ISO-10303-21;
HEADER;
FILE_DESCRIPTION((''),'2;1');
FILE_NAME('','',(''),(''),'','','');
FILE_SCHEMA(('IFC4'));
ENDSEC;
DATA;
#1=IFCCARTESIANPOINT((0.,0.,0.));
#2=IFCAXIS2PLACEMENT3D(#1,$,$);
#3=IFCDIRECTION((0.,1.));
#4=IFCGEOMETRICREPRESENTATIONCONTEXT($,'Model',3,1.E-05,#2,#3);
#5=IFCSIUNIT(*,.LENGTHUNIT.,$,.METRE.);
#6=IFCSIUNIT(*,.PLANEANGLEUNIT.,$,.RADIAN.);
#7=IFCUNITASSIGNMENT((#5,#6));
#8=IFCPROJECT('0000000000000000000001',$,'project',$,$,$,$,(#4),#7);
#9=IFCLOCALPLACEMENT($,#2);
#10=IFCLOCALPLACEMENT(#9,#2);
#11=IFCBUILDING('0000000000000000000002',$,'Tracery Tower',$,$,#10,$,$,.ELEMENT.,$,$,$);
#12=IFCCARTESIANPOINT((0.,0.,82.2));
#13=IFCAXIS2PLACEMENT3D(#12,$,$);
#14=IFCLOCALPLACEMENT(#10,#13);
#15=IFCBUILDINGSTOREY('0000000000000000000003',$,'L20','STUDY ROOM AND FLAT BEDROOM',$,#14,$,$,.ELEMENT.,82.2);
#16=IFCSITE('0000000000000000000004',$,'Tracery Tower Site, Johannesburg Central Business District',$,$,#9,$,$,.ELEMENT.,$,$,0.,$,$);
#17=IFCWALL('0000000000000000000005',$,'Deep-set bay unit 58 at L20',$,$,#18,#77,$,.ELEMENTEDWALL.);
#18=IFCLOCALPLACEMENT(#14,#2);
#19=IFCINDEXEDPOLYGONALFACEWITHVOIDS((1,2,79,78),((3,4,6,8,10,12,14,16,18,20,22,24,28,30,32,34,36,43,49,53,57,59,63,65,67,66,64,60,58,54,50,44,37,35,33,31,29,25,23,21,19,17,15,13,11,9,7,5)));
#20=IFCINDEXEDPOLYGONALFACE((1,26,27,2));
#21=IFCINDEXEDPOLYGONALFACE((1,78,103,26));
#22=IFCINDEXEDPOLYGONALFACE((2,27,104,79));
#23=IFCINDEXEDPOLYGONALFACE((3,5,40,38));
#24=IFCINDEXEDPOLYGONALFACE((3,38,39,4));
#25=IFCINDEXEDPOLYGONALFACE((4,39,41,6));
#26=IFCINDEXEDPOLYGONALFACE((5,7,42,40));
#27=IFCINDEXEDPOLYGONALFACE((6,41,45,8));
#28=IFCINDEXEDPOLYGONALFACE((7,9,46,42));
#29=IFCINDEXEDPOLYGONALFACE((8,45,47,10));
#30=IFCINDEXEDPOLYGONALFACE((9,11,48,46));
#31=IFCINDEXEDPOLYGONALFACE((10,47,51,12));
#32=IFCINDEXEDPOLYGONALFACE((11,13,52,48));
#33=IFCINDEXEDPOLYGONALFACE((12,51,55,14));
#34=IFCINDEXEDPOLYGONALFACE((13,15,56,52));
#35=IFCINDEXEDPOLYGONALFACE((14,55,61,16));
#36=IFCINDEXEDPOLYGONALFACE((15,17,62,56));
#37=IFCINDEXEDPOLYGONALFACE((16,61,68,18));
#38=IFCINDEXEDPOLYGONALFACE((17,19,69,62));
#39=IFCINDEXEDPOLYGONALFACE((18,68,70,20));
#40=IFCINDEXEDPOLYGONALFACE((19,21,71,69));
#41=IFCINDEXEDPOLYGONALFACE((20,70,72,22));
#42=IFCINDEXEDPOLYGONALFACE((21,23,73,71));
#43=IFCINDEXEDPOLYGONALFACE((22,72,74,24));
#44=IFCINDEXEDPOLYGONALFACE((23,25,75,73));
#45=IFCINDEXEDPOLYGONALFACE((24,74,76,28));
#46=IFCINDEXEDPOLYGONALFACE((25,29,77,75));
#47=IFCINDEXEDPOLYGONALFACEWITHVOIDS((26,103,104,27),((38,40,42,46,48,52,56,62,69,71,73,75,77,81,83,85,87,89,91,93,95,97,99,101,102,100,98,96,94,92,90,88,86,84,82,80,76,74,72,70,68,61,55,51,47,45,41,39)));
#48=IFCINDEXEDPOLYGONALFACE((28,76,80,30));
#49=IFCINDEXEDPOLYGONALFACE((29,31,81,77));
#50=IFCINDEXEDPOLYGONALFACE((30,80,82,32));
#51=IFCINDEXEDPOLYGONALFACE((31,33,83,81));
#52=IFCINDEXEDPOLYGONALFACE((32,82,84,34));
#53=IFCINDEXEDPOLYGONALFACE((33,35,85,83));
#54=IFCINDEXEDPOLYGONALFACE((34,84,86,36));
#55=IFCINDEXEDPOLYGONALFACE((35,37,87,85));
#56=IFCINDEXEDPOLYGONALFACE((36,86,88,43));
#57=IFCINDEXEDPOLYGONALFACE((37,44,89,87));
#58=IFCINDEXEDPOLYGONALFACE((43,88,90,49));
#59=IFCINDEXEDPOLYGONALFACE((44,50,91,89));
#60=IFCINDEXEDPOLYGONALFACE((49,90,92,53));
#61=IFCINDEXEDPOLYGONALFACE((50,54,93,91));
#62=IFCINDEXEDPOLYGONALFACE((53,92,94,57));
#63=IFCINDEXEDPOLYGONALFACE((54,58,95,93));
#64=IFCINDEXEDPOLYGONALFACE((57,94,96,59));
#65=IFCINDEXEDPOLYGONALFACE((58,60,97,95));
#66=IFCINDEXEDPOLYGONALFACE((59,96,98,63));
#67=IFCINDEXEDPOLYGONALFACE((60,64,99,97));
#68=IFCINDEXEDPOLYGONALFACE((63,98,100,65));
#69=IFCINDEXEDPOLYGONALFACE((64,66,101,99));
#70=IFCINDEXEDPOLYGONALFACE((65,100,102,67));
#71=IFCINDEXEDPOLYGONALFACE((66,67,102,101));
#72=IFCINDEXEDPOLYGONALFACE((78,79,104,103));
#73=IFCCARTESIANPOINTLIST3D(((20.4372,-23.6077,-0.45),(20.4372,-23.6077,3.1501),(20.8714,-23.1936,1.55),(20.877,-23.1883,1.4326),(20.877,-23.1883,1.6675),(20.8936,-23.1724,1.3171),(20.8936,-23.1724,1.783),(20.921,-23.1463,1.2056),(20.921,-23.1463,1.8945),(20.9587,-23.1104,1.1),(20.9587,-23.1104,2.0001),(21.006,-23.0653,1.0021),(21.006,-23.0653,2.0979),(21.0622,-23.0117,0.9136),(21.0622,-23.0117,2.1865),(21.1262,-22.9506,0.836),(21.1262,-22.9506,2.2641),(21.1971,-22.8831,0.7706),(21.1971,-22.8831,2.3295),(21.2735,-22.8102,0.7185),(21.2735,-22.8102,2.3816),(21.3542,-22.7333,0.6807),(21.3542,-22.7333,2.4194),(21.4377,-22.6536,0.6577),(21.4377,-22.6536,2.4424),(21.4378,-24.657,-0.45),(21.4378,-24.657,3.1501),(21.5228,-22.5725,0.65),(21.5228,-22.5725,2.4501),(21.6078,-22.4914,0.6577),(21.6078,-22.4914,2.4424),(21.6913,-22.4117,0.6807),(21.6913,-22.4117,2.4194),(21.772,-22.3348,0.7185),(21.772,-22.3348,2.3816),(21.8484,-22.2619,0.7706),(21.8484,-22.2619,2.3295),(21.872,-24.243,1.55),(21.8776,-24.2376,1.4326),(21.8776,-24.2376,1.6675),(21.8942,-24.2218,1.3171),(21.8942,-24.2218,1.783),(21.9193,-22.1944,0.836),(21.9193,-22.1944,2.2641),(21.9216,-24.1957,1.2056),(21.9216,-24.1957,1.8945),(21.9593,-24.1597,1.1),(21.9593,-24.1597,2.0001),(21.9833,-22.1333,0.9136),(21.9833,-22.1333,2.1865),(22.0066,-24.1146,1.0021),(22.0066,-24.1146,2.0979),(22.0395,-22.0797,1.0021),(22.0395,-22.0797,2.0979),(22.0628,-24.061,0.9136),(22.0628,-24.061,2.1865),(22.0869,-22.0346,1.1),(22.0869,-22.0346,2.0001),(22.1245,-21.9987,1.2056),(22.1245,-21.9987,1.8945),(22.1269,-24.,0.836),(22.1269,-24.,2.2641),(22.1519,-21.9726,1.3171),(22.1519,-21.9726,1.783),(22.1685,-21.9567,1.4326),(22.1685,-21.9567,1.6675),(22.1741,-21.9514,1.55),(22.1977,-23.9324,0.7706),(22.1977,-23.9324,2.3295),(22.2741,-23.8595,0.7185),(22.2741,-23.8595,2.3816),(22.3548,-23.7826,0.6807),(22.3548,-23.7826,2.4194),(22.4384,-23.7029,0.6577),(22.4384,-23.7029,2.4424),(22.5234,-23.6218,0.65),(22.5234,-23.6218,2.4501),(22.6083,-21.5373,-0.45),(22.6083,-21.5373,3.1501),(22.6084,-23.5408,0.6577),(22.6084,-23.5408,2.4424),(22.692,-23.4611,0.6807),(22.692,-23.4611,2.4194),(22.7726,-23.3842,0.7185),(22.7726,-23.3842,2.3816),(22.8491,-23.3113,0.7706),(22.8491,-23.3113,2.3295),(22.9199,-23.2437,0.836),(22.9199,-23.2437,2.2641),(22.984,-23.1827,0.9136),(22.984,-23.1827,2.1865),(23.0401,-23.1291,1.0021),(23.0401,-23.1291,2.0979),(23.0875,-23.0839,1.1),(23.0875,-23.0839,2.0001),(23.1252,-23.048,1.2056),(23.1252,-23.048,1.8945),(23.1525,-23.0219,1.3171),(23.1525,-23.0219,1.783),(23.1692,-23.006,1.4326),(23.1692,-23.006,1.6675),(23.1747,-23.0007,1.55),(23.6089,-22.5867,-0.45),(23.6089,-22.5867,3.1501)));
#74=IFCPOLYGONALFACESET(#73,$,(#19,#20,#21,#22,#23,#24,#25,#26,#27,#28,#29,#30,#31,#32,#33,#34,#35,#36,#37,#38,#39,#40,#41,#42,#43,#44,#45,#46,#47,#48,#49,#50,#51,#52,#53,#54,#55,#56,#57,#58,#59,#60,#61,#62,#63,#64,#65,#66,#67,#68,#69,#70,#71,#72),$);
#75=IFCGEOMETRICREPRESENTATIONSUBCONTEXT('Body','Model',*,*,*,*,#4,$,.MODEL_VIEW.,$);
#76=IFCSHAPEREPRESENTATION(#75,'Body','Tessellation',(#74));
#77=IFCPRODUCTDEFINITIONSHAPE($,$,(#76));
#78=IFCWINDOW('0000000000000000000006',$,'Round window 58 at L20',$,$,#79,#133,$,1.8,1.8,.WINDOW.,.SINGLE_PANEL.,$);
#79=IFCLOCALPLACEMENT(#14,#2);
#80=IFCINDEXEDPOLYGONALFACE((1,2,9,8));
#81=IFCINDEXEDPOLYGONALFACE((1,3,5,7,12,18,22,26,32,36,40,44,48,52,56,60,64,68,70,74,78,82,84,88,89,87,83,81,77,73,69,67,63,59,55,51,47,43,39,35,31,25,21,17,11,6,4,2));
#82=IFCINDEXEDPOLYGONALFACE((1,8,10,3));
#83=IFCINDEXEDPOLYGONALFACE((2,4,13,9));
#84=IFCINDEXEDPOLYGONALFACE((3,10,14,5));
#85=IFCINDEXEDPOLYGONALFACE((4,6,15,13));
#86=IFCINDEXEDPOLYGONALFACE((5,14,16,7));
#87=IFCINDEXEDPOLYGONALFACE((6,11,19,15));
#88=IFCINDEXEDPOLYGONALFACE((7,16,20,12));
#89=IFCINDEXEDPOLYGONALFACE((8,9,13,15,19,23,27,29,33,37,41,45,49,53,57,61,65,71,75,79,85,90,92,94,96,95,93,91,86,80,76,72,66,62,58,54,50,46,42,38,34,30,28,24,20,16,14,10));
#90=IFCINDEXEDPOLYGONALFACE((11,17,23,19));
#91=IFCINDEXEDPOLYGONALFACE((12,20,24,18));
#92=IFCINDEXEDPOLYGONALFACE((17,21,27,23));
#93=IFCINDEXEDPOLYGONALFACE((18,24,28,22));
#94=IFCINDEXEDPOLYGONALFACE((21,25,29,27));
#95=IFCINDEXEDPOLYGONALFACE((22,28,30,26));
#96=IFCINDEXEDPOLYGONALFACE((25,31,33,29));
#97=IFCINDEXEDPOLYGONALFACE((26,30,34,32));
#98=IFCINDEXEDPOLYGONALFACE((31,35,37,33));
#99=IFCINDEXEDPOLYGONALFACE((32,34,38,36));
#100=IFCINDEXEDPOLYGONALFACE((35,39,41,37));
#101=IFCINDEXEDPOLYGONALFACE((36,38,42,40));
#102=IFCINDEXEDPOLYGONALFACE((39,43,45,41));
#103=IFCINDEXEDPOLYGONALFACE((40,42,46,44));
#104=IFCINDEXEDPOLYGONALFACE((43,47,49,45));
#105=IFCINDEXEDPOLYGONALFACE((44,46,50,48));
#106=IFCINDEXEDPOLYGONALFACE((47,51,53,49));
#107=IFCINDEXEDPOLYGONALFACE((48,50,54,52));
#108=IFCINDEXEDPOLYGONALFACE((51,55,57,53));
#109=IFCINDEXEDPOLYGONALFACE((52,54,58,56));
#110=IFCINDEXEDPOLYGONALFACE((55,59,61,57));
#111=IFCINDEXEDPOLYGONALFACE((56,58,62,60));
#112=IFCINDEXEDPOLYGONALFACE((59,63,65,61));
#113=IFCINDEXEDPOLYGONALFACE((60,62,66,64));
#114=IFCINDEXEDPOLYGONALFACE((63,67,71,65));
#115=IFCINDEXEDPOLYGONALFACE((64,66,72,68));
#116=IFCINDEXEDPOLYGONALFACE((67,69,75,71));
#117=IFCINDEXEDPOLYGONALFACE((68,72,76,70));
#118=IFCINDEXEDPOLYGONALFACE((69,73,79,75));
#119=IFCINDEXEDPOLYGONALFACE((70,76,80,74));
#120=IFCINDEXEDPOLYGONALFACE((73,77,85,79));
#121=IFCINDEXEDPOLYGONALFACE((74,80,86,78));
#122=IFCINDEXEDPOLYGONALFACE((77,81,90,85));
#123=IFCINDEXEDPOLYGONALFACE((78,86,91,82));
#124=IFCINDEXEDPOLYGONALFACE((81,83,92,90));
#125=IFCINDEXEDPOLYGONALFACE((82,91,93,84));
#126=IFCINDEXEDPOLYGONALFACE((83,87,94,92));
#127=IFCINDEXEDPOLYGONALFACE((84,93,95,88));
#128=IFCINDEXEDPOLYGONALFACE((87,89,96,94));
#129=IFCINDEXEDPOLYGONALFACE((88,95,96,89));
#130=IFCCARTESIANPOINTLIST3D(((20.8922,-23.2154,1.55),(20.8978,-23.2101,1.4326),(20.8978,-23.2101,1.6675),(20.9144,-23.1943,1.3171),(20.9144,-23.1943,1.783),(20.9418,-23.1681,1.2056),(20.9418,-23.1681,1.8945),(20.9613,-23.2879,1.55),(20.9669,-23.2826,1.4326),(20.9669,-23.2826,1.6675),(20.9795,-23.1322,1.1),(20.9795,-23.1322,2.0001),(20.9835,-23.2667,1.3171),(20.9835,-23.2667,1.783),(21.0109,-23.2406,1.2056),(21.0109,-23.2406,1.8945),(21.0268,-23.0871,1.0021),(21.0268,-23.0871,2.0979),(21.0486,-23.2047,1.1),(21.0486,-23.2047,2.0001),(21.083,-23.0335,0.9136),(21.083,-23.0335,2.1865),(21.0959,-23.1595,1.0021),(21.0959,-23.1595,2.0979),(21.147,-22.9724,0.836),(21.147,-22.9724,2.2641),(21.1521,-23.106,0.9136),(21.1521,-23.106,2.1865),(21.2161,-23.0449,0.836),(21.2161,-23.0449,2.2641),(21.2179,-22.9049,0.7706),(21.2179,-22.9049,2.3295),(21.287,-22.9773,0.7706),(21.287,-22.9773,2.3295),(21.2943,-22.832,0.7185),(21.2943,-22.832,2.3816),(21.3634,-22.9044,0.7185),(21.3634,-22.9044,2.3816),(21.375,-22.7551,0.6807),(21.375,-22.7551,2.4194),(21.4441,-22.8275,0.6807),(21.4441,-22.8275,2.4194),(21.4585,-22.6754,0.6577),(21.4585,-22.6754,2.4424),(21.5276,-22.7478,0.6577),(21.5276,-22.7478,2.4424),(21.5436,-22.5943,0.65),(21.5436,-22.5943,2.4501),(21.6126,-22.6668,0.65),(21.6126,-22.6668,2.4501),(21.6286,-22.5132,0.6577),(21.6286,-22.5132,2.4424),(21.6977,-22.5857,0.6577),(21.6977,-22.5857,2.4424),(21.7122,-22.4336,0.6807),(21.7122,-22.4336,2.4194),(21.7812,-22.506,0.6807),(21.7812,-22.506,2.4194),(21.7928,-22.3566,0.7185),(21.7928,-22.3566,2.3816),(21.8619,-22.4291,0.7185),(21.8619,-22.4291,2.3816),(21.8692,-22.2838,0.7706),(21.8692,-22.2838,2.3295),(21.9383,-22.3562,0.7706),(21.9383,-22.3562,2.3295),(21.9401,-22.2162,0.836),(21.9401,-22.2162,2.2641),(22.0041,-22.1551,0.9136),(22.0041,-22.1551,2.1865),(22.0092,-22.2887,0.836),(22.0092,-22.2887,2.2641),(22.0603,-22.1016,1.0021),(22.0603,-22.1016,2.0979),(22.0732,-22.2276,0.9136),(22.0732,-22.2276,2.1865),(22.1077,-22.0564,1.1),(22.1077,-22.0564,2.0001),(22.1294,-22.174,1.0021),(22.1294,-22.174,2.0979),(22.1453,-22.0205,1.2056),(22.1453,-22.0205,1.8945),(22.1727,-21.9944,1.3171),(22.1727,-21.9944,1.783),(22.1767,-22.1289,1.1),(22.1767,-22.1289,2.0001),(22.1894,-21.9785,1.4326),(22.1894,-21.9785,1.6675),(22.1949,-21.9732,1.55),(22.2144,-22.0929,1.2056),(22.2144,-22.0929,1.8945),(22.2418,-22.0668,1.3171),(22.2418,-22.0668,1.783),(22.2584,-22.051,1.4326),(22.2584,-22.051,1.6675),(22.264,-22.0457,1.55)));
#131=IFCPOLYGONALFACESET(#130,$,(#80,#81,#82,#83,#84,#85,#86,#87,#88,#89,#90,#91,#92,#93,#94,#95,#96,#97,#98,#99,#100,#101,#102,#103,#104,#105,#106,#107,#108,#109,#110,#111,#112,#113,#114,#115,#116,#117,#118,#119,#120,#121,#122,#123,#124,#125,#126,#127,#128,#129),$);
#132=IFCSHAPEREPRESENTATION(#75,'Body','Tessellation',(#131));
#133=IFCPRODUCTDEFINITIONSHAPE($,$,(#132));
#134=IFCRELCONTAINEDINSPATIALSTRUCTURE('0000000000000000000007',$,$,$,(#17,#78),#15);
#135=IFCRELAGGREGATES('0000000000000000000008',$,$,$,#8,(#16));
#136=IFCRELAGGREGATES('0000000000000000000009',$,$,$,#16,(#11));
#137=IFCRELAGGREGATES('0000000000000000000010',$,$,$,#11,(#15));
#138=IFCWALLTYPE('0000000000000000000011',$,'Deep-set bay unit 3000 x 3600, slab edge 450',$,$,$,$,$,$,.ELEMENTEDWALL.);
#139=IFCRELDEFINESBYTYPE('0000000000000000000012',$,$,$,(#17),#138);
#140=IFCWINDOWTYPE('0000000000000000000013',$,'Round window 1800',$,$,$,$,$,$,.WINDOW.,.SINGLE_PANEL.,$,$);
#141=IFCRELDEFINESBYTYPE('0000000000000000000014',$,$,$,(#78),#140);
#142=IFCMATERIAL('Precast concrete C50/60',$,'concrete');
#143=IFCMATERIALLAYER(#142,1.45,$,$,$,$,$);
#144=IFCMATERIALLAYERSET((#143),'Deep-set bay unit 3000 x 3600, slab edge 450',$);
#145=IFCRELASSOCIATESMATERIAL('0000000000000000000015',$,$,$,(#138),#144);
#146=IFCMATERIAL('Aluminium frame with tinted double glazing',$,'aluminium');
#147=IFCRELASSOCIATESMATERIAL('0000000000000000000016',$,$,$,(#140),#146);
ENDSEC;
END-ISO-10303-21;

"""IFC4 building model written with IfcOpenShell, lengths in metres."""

from ifc_helpers import new_model, si_unit, direction, frame, frame_2d, origin, origin_2d, place, context, subcontext, project, spatial, rectangle, circle, extrude, material, layer, layer_set, type_object, element, fill, save


model = new_model("IFC4")

# Units and contexts
model_context = context("Model", 3, precision=1e-05, world=origin(), true_north=direction((0.0, 1.0)))
body_context = subcontext(model_context, "Body", "Model", "MODEL_VIEW")
ifc_project = project(units=[si_unit("LENGTHUNIT", "METRE"), si_unit("PLANEANGLEUNIT", "RADIAN")], contexts=[model_context])

# Site, building, storey
site_placement = place(None, origin())
site = spatial("IfcSite", under=ifc_project, at=site_placement, Name="Tracery Tower Site, Johannesburg Central Business District", CompositionType="ELEMENT", RefElevation=0.0)
building_placement = place(site_placement, origin())
building = spatial("IfcBuilding", under=site, at=building_placement, Name="Tracery Tower", CompositionType="ELEMENT")
storey_placement = place(building_placement, frame((0.0, 0.0, 82.2)))
storey = spatial("IfcBuildingStorey", under=building, at=storey_placement, Name="L20", Description="STUDY ROOM AND FLAT BEDROOM", CompositionType="ELEMENT", Elevation=82.2)

# Wall, opening, window
ifc_material_1 = material(Name="Precast concrete C50/60", Category="concrete")
ifc_layer_1 = layer(ifc_material_1, 1.45)
ifc_layer_set_1 = layer_set([ifc_layer_1], Name="Deep-set bay unit 3000 x 3600, slab edge 450")
wall_type_1 = type_object("IfcWallType", Name="Deep-set bay unit 3000 x 3600, slab edge 450", PredefinedType="ELEMENTEDWALL", material=ifc_layer_set_1)
ifc_material_2 = material(Name="Aluminium frame with tinted double glazing", Category="aluminium")
window_type = type_object("IfcWindowType", Name="Round window 1800", PartitioningType="SINGLE_PANEL", PredefinedType="WINDOW", material=ifc_material_2)
wall_1_placement = place(storey_placement, frame((20.9375, -24.1323, -0.45), z_axis=(0.0, 0.0, 1.0), x_axis=(0.723712, 0.690102, 0.0)))
wall_1 = element("IfcWall", 1, at=wall_1_placement, inside=storey, type_object=wall_type_1, Name="Deep-set bay unit 58 at L20", PredefinedType="ELEMENTEDWALL", context=body_context, shape_type="SweptSolid", body=[
    extrude(rectangle(XDim=3.0, YDim=1.45, at=frame_2d((1.5, 0.0))), origin(), (0.0, 0.0, 1.0), 3.6001),
])
opening_1_placement = place(wall_1_placement, frame((1.5, 0.0, 2.0)))
opening_1 = element("IfcOpeningElement", 2, at=opening_1_placement, cuts=wall_1, PredefinedType="OPENING", context=body_context, shape_type="SweptSolid", body=[
    extrude(circle(Radius=0.9, at=origin_2d()), frame((0.0, 0.7349, 0.0), z_axis=(0.0, -1.0, 0.0), x_axis=(1.0, 0.0, 0.0)), (0.0, 0.0, 1.0), 1.47),
])
window_1_placement = place(opening_1_placement, origin())
window_1 = element("IfcWindow", 3, at=window_1_placement, inside=storey, type_object=window_type, Name="Round window 58 at L20", OverallHeight=1.8, OverallWidth=1.8, PartitioningType="SINGLE_PANEL", PredefinedType="WINDOW", context=body_context, shape_type="SweptSolid", body=[
    extrude(circle(Radius=0.9, at=origin_2d()), frame((0.0, 0.6948, 0.0), z_axis=(0.0, -1.0, 0.0), x_axis=(1.0, 0.0, 0.0)), (0.0, 0.0, 1.0), 0.1001),
])
fill(opening_1, window_1)

save(model, "model.ifc")
